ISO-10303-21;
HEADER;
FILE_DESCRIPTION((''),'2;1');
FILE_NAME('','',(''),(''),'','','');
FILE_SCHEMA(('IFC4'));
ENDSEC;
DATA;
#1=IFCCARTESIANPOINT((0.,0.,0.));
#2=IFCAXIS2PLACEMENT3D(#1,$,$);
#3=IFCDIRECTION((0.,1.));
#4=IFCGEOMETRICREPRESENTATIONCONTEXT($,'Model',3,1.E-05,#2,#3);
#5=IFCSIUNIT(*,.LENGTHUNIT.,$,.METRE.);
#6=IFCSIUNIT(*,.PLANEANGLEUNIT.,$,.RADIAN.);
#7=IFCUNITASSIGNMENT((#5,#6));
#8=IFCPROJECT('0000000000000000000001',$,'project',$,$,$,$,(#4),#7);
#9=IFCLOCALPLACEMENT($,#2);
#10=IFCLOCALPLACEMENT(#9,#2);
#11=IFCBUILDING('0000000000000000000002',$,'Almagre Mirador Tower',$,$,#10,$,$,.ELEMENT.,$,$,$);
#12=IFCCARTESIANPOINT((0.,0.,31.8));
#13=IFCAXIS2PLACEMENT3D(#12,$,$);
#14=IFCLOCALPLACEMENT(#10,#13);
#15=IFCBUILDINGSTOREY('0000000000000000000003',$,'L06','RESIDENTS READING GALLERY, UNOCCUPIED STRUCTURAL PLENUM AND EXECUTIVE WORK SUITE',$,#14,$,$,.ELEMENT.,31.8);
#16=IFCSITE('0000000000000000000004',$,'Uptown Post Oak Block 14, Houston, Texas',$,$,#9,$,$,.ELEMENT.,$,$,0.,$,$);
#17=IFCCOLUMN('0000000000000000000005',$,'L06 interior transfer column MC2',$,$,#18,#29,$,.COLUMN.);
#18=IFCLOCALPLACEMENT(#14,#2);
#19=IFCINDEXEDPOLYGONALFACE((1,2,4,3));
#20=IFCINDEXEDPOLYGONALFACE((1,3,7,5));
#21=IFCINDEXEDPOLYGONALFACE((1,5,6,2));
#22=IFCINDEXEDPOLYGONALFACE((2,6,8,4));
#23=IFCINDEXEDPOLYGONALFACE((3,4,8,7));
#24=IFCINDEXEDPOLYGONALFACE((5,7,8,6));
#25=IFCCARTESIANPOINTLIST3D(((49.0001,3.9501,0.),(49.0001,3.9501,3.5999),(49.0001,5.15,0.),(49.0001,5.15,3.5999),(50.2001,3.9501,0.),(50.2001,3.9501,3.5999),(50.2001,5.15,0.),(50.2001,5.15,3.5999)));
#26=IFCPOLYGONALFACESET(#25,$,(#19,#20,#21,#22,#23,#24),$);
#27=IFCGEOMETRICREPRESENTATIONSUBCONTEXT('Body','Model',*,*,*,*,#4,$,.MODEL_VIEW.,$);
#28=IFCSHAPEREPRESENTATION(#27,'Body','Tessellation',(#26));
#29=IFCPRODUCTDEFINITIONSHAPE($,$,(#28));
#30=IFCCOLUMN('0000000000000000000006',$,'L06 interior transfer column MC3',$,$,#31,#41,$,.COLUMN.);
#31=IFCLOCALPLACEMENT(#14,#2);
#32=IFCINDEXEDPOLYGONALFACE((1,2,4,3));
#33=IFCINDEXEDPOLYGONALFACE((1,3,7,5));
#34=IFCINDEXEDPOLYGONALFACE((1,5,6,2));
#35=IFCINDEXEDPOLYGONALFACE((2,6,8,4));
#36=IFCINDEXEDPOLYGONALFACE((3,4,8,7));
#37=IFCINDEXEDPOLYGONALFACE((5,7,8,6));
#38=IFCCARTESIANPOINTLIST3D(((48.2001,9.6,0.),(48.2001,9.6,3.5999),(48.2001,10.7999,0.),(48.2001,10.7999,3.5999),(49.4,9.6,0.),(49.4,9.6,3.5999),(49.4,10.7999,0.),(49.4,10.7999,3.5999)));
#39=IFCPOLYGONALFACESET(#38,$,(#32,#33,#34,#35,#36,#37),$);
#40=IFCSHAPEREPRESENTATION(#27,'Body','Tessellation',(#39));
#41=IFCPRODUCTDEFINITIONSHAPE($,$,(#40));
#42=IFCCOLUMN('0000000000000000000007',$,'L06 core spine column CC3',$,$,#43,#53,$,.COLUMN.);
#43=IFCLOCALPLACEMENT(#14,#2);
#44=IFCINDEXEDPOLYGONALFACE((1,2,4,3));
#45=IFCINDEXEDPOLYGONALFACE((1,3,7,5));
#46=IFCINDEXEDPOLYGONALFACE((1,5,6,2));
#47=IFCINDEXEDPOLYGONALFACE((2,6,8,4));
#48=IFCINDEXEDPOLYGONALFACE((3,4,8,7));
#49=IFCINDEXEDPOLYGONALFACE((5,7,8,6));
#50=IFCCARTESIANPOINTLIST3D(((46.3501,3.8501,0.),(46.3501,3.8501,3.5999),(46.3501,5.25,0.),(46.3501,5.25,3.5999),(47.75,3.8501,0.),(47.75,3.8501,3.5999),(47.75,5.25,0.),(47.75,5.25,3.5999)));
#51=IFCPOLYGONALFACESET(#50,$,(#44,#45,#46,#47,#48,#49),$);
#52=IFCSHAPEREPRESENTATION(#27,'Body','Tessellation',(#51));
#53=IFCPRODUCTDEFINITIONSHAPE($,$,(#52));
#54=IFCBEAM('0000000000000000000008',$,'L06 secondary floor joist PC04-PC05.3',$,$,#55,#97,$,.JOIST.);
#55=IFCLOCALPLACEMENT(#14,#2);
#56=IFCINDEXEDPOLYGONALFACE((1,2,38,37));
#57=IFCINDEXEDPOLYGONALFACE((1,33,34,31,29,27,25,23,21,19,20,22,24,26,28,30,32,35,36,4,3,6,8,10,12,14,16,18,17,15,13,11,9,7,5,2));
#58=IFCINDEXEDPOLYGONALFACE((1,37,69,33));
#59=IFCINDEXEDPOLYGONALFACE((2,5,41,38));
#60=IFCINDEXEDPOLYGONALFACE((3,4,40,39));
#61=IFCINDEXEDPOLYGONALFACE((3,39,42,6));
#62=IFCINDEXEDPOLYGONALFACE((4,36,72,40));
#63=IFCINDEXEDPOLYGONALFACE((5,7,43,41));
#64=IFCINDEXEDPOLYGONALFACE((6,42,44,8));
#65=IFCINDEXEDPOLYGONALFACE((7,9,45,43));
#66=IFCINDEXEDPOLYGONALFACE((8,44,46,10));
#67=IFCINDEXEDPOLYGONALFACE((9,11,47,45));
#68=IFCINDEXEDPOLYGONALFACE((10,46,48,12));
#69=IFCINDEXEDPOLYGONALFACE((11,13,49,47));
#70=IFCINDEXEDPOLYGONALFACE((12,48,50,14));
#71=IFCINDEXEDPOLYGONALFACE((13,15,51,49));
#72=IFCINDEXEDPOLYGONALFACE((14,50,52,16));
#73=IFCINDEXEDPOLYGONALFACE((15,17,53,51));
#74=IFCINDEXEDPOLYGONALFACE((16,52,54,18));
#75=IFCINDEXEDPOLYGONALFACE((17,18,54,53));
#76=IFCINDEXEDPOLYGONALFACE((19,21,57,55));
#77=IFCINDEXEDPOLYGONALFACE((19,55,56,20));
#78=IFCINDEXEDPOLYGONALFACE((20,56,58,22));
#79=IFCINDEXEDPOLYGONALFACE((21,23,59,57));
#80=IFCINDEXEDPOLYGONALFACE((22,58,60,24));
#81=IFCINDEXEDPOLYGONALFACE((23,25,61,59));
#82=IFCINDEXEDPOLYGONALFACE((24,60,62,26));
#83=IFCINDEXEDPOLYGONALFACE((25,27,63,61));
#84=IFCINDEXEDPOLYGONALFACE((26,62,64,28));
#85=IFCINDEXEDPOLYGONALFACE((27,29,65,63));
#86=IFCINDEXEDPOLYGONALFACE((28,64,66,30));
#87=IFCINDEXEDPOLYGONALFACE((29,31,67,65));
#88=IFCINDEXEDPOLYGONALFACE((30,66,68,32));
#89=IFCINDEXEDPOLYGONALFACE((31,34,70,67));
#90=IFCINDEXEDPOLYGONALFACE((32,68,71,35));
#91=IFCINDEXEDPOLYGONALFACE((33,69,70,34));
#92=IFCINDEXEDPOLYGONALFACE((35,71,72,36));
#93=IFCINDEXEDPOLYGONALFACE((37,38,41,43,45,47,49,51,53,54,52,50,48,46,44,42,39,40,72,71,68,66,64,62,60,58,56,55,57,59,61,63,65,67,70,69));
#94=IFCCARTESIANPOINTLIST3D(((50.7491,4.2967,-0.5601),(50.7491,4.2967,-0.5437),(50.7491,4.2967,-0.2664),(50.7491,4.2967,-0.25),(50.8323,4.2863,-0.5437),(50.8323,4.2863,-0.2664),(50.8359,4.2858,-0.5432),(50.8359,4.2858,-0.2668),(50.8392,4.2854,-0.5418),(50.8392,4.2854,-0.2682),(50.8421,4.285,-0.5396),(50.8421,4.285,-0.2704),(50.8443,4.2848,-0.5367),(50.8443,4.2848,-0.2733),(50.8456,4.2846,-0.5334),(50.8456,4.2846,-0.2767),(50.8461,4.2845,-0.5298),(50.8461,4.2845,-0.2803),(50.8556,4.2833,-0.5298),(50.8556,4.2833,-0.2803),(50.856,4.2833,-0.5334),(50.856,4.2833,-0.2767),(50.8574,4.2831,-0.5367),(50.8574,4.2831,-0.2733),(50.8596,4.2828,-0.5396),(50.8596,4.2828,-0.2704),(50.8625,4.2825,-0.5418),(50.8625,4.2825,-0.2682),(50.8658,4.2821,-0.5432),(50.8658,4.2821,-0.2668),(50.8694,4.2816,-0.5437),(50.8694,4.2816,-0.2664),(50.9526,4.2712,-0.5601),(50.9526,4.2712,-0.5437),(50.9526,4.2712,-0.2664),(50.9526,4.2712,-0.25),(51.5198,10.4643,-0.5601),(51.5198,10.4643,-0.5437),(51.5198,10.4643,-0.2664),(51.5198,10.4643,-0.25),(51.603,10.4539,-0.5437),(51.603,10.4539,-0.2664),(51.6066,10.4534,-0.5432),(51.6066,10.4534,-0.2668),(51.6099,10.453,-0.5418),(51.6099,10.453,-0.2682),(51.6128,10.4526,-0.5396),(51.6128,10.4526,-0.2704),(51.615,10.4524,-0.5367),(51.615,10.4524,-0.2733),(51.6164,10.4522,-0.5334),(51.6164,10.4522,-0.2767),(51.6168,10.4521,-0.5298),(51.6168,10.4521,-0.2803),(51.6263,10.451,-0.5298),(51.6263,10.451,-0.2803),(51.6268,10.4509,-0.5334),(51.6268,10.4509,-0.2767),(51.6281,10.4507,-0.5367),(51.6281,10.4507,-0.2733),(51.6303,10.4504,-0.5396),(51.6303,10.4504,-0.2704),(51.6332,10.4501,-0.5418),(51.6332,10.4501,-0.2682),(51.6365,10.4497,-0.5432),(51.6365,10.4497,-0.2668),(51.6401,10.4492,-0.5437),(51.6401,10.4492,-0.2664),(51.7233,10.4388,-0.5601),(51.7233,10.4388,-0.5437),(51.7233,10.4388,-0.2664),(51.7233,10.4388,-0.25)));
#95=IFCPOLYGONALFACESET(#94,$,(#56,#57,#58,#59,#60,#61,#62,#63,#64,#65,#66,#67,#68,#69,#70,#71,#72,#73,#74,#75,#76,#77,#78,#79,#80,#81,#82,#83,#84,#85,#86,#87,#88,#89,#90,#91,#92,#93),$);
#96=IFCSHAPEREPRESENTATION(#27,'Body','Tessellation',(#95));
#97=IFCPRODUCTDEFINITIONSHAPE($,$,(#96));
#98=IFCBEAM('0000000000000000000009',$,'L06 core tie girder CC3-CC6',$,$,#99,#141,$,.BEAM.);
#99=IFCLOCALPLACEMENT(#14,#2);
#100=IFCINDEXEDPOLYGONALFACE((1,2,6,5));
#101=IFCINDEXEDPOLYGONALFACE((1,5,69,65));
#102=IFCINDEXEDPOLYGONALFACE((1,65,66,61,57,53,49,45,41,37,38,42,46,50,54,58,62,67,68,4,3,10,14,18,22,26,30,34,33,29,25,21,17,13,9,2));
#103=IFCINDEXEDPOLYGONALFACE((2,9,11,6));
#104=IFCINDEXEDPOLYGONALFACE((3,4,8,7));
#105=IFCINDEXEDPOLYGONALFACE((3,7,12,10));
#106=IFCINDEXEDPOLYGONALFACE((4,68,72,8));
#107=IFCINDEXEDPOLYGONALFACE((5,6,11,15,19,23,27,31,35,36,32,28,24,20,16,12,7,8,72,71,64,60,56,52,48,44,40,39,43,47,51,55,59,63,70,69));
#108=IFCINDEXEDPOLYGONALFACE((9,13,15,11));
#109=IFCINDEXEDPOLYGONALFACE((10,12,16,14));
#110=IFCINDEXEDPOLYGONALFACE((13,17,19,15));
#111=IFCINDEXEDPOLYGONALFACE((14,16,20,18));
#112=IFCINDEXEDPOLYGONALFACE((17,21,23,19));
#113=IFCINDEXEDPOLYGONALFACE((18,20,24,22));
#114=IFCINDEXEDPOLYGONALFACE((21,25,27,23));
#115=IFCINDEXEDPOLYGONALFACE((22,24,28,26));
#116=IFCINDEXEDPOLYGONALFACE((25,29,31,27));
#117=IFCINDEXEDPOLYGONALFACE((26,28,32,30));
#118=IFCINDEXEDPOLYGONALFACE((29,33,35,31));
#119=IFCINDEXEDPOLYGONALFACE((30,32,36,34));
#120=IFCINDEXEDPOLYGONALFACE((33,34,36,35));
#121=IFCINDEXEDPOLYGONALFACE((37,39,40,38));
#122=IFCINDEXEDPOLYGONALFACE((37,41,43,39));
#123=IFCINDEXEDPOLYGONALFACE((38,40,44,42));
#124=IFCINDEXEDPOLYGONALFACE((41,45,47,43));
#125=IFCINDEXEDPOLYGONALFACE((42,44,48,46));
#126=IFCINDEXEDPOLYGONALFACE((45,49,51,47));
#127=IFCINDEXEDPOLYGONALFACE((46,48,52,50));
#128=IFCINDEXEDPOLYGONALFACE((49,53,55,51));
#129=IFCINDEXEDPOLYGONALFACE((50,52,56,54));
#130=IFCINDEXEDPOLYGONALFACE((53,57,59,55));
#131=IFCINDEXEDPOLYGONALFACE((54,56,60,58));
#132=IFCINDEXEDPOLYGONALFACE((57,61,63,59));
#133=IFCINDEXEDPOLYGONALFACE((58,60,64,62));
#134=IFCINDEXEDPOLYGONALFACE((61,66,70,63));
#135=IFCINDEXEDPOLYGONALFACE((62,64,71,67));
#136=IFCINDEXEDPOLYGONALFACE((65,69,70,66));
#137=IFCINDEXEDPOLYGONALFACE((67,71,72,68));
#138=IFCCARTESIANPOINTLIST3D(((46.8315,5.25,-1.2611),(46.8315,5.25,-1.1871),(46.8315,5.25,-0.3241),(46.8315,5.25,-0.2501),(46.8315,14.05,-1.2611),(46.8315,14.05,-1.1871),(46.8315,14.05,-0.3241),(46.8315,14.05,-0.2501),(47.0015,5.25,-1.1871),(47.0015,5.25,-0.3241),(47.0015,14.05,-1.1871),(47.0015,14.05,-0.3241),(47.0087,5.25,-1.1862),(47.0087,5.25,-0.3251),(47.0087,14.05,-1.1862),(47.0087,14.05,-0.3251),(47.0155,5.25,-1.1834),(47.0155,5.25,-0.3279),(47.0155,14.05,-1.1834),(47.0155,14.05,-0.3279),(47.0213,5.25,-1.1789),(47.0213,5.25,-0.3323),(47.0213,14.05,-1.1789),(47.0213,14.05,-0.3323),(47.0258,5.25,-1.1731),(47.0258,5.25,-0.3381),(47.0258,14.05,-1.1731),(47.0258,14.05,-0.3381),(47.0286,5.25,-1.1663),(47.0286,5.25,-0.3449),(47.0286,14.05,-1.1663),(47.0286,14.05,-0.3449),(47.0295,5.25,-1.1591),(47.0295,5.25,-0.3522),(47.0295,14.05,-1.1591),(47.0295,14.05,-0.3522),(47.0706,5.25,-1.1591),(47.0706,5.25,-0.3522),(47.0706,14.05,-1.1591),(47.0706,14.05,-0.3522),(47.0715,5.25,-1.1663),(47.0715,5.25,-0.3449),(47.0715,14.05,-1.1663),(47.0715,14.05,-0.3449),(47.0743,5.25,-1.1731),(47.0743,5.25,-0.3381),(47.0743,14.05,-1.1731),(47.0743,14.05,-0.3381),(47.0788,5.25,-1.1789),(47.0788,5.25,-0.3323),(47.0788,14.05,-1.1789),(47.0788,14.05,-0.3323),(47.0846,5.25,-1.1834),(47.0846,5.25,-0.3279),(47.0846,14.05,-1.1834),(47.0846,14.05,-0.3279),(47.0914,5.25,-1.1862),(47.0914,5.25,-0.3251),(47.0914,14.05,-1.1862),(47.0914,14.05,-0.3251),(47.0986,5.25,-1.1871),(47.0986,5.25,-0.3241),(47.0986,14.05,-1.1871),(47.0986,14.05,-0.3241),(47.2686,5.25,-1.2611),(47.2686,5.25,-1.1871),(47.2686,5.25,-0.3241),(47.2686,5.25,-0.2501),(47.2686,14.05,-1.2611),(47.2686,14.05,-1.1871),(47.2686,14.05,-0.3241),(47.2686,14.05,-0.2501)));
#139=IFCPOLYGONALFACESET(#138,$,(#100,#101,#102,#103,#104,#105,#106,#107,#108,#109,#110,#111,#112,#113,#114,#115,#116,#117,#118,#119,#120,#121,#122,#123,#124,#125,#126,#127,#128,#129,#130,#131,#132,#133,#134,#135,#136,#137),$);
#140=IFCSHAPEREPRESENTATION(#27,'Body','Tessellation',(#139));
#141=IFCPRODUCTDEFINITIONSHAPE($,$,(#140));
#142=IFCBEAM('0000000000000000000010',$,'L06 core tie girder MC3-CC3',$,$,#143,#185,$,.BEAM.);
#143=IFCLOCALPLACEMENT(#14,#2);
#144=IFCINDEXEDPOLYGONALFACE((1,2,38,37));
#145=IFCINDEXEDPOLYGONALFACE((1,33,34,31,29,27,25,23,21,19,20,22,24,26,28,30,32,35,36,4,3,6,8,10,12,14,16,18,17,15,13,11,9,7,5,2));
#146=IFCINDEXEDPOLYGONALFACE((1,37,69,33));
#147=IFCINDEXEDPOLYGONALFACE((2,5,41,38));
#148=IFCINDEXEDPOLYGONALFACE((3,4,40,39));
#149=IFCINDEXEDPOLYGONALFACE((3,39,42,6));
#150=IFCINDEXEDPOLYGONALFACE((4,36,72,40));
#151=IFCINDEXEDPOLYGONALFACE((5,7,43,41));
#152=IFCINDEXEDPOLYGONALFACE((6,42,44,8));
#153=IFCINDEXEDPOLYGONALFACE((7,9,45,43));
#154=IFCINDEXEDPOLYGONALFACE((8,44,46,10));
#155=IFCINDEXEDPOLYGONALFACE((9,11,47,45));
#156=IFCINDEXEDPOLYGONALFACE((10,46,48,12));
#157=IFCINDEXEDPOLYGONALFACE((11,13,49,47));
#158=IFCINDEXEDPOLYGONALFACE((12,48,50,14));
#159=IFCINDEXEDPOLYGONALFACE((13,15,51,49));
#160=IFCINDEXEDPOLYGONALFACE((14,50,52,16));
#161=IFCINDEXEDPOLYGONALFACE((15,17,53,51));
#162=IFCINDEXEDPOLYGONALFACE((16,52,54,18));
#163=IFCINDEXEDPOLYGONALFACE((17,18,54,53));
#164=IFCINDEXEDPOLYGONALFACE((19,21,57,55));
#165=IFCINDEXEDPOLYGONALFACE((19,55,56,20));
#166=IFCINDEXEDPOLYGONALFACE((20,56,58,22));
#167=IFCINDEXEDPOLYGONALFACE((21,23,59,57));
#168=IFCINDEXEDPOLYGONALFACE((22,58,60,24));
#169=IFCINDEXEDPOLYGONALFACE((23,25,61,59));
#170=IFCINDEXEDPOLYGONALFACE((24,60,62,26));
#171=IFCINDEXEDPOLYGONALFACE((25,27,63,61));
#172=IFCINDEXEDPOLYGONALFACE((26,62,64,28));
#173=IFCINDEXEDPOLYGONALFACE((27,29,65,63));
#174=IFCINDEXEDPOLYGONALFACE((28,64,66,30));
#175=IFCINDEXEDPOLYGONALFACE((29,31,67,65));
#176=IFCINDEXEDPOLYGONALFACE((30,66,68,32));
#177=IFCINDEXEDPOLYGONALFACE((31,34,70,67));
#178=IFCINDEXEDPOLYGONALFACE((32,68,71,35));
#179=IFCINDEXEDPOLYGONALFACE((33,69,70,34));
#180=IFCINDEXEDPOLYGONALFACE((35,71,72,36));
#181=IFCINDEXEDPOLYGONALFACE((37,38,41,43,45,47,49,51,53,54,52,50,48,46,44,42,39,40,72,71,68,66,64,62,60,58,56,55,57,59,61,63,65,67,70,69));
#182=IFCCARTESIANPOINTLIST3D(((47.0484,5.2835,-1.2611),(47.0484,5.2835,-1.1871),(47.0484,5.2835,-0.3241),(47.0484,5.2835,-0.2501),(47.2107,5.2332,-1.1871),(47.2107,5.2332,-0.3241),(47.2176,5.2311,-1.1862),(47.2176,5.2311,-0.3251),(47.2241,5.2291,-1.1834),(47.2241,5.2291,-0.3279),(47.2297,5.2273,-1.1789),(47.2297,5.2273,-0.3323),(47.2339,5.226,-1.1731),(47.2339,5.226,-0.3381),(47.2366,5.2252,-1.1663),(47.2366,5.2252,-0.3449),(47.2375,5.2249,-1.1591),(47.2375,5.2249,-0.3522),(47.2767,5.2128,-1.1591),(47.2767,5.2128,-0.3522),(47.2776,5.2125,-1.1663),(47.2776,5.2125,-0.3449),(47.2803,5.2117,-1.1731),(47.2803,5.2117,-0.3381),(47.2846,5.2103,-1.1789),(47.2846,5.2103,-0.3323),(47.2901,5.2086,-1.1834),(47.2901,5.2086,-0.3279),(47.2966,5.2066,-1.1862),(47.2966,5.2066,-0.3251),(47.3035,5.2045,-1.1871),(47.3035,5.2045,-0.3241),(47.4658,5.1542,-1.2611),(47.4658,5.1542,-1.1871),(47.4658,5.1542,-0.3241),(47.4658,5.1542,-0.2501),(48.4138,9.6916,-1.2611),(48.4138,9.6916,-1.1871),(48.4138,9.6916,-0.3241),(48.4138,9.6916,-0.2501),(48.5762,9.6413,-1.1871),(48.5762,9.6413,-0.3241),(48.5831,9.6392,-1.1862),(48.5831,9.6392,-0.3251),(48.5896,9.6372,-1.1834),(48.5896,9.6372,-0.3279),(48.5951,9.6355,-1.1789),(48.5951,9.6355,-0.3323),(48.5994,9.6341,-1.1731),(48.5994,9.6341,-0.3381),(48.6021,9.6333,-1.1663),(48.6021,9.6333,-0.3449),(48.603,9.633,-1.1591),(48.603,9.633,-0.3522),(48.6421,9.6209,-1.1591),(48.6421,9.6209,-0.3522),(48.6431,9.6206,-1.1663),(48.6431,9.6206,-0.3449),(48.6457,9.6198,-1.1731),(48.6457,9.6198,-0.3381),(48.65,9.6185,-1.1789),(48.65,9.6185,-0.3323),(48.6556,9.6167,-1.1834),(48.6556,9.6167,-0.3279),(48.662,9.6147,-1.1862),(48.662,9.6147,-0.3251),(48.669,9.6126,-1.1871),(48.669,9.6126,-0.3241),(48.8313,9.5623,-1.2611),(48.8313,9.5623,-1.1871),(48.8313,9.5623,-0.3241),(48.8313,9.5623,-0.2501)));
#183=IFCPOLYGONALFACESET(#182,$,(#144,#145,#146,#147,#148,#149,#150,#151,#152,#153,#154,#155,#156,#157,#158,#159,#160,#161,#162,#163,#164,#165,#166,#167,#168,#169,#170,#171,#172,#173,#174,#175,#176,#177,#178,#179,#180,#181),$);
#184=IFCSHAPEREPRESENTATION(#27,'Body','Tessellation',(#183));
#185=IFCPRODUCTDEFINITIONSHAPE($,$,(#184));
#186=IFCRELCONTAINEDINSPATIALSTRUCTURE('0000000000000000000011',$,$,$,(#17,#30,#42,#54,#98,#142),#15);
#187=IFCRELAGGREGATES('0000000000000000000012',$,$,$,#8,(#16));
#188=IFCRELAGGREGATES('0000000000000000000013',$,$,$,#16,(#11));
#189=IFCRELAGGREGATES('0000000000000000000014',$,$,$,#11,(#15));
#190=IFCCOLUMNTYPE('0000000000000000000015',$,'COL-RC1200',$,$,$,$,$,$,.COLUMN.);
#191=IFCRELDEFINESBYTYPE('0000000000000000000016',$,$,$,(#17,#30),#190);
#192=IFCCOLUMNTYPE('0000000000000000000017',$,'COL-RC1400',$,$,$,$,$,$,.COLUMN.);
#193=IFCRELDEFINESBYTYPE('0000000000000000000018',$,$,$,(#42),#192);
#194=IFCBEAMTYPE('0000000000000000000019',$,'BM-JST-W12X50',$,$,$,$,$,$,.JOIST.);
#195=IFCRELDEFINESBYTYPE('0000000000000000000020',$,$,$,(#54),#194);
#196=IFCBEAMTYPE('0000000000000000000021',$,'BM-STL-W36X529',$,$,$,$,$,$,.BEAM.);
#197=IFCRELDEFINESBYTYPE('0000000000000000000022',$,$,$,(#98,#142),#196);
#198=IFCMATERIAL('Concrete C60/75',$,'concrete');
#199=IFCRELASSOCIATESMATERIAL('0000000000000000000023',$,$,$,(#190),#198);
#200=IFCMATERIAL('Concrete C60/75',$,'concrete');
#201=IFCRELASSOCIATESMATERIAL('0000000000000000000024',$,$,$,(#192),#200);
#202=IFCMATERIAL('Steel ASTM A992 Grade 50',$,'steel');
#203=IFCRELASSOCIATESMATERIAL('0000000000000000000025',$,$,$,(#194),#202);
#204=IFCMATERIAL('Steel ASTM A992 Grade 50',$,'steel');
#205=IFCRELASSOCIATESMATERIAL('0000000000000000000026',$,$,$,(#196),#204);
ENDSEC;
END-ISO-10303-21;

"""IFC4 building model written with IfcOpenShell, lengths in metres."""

from ifc_helpers import new_model, si_unit, direction, frame, origin, origin_2d, place, context, subcontext, project, spatial, rectangle, i_section, extrude, material, material_profile, profile_set, type_object, element, save


model = new_model("IFC4")

# Units and contexts
model_context = context("Model", 3, precision=1e-05, world=origin(), true_north=direction((0.0, 1.0)))
body_context = subcontext(model_context, "Body", "Model", "MODEL_VIEW")
ifc_project = project(units=[si_unit("LENGTHUNIT", "METRE"), si_unit("PLANEANGLEUNIT", "RADIAN")], contexts=[model_context])

# Site, building, storey
site_placement = place(None, origin())
site = spatial("IfcSite", under=ifc_project, at=site_placement, Name="Uptown Post Oak Block 14, Houston, Texas", CompositionType="ELEMENT", RefElevation=0.0)
building_placement = place(site_placement, origin())
building = spatial("IfcBuilding", under=site, at=building_placement, Name="Almagre Mirador Tower", CompositionType="ELEMENT")
storey_placement = place(building_placement, frame((0.0, 0.0, 31.8)))
storey = spatial("IfcBuildingStorey", under=building, at=storey_placement, Name="L06", Description="RESIDENTS READING GALLERY, UNOCCUPIED STRUCTURAL PLENUM AND EXECUTIVE WORK SUITE", CompositionType="ELEMENT", Elevation=31.8)

# Columns
ifc_material_1 = material(Name="Concrete C60/75", Category="concrete")
ifc_material_profile_1 = material_profile(ifc_material_1, rectangle(XDim=1.2, YDim=1.2, at=origin_2d()), Name="RC1200X1200")
ifc_profile_set_1 = profile_set([ifc_material_profile_1], Name="Concrete C60/75")
column_type_1 = type_object("IfcColumnType", Name="COL-RC1200", PredefinedType="COLUMN", material=ifc_profile_set_1)
for number, where, z_axis, x_axis, name in (
    (1, (49.6001, 4.55, 0.0), (0.0, 0.0, 1.0), (1.0, 0.0, 0.0), "L06 interior transfer column MC2"),
    (2, (48.8, 10.2, 0.0), (0.0, 0.0, 1.0), (1.0, 0.0, 0.0), "L06 interior transfer column MC3"),
):
    element("IfcColumn", number, at=place(storey_placement, frame(where, z_axis=z_axis, x_axis=x_axis)), inside=storey, type_object=column_type_1, Name=name, PredefinedType="COLUMN", context=body_context, shape_type="SweptSolid", body=[
        extrude(rectangle(XDim=1.2, YDim=1.2, at=origin_2d()), origin(), (0.0, 0.0, 1.0), 3.5999),
    ])
ifc_material_2 = material(Name="Concrete C60/75", Category="concrete")
ifc_material_profile_2 = material_profile(ifc_material_2, rectangle(XDim=1.3999, YDim=1.3999, at=origin_2d()), Name="RC1400X1400")
ifc_profile_set_2 = profile_set([ifc_material_profile_2], Name="Concrete C60/75")
column_type_2 = type_object("IfcColumnType", Name="COL-RC1400", PredefinedType="COLUMN", material=ifc_profile_set_2)
column_placement = place(storey_placement, frame((47.05, 4.55, 0.0), z_axis=(0.0, 0.0, 1.0), x_axis=(1.0, 0.0, 0.0)))
element("IfcColumn", 3, at=column_placement, inside=storey, type_object=column_type_2, Name="L06 core spine column CC3", PredefinedType="COLUMN", context=body_context, shape_type="SweptSolid", body=[
    extrude(rectangle(XDim=1.3999, YDim=1.3999, at=origin_2d()), origin(), (0.0, 0.0, 1.0), 3.5999),
])

# Beams
ifc_material_3 = material(Name="Steel ASTM A992 Grade 50", Category="steel")
ifc_material_profile_3 = material_profile(ifc_material_3, i_section(OverallWidth=0.2051, OverallDepth=0.3101, WebThickness=0.0095, FlangeThickness=0.0164, FilletRadius=0.0139, at=origin_2d()), Name="W12X50")
ifc_profile_set_3 = profile_set([ifc_material_profile_3], Name="Steel ASTM A992 Grade 50")
beam_type_1 = type_object("IfcBeamType", Name="BM-JST-W12X50", PredefinedType="JOIST", material=ifc_profile_set_3)
beam_1_placement = place(storey_placement, frame((50.8508, 4.2839, -0.405), z_axis=(0.124001, 0.992282, 0.0), x_axis=(-0.992282, 0.124001, 0.0)))
element("IfcBeam", 4, at=beam_1_placement, inside=storey, type_object=beam_type_1, Name="L06 secondary floor joist PC04-PC05.3", PredefinedType="JOIST", context=body_context, shape_type="SweptSolid", body=[
    extrude(i_section(OverallWidth=0.2051, OverallDepth=0.3101, WebThickness=0.0095, FlangeThickness=0.0164, FilletRadius=0.0139, at=origin_2d()), origin(), (0.0, 0.0, 1.0), 6.2156),
])
ifc_material_4 = material(Name="Steel ASTM A992 Grade 50", Category="steel")
ifc_material_profile_4 = material_profile(ifc_material_4, i_section(OverallWidth=0.437, OverallDepth=1.011, WebThickness=0.041, FlangeThickness=0.074, FilletRadius=0.0281, at=origin_2d()), Name="W36X529")
ifc_profile_set_4 = profile_set([ifc_material_profile_4], Name="Steel ASTM A992 Grade 50")
beam_type_2 = type_object("IfcBeamType", Name="BM-STL-W36X529", PredefinedType="BEAM", material=ifc_profile_set_4)
beam_2_placement = place(storey_placement, frame((47.05, 5.25, -0.7556), z_axis=(0.0, 1.0, 0.0), x_axis=(-1.0, 0.0, 0.0)))
element("IfcBeam", 5, at=beam_2_placement, inside=storey, type_object=beam_type_2, Name="L06 core tie girder CC3-CC6", PredefinedType="BEAM", context=body_context, shape_type="SweptSolid", body=[
    extrude(i_section(OverallWidth=0.437, OverallDepth=1.011, WebThickness=0.041, FlangeThickness=0.074, FilletRadius=0.0281, at=origin_2d()), origin(), (0.0, 0.0, 1.0), 8.8),
])
beam_3_placement = place(storey_placement, frame((48.6226, 9.627, -0.7556), z_axis=(-0.295888, -0.955223, 0.0), x_axis=(0.955223, -0.295888, 0.0)))
element("IfcBeam", 6, at=beam_3_placement, inside=storey, type_object=beam_type_2, Name="L06 core tie girder MC3-CC3", PredefinedType="BEAM", context=body_context, shape_type="SweptSolid", body=[
    extrude(i_section(OverallWidth=0.437, OverallDepth=1.011, WebThickness=0.041, FlangeThickness=0.074, FilletRadius=0.0281, at=origin_2d()), origin(), (0.0, 0.0, 1.0), 4.6147),
])

save(model, "model.ifc")
